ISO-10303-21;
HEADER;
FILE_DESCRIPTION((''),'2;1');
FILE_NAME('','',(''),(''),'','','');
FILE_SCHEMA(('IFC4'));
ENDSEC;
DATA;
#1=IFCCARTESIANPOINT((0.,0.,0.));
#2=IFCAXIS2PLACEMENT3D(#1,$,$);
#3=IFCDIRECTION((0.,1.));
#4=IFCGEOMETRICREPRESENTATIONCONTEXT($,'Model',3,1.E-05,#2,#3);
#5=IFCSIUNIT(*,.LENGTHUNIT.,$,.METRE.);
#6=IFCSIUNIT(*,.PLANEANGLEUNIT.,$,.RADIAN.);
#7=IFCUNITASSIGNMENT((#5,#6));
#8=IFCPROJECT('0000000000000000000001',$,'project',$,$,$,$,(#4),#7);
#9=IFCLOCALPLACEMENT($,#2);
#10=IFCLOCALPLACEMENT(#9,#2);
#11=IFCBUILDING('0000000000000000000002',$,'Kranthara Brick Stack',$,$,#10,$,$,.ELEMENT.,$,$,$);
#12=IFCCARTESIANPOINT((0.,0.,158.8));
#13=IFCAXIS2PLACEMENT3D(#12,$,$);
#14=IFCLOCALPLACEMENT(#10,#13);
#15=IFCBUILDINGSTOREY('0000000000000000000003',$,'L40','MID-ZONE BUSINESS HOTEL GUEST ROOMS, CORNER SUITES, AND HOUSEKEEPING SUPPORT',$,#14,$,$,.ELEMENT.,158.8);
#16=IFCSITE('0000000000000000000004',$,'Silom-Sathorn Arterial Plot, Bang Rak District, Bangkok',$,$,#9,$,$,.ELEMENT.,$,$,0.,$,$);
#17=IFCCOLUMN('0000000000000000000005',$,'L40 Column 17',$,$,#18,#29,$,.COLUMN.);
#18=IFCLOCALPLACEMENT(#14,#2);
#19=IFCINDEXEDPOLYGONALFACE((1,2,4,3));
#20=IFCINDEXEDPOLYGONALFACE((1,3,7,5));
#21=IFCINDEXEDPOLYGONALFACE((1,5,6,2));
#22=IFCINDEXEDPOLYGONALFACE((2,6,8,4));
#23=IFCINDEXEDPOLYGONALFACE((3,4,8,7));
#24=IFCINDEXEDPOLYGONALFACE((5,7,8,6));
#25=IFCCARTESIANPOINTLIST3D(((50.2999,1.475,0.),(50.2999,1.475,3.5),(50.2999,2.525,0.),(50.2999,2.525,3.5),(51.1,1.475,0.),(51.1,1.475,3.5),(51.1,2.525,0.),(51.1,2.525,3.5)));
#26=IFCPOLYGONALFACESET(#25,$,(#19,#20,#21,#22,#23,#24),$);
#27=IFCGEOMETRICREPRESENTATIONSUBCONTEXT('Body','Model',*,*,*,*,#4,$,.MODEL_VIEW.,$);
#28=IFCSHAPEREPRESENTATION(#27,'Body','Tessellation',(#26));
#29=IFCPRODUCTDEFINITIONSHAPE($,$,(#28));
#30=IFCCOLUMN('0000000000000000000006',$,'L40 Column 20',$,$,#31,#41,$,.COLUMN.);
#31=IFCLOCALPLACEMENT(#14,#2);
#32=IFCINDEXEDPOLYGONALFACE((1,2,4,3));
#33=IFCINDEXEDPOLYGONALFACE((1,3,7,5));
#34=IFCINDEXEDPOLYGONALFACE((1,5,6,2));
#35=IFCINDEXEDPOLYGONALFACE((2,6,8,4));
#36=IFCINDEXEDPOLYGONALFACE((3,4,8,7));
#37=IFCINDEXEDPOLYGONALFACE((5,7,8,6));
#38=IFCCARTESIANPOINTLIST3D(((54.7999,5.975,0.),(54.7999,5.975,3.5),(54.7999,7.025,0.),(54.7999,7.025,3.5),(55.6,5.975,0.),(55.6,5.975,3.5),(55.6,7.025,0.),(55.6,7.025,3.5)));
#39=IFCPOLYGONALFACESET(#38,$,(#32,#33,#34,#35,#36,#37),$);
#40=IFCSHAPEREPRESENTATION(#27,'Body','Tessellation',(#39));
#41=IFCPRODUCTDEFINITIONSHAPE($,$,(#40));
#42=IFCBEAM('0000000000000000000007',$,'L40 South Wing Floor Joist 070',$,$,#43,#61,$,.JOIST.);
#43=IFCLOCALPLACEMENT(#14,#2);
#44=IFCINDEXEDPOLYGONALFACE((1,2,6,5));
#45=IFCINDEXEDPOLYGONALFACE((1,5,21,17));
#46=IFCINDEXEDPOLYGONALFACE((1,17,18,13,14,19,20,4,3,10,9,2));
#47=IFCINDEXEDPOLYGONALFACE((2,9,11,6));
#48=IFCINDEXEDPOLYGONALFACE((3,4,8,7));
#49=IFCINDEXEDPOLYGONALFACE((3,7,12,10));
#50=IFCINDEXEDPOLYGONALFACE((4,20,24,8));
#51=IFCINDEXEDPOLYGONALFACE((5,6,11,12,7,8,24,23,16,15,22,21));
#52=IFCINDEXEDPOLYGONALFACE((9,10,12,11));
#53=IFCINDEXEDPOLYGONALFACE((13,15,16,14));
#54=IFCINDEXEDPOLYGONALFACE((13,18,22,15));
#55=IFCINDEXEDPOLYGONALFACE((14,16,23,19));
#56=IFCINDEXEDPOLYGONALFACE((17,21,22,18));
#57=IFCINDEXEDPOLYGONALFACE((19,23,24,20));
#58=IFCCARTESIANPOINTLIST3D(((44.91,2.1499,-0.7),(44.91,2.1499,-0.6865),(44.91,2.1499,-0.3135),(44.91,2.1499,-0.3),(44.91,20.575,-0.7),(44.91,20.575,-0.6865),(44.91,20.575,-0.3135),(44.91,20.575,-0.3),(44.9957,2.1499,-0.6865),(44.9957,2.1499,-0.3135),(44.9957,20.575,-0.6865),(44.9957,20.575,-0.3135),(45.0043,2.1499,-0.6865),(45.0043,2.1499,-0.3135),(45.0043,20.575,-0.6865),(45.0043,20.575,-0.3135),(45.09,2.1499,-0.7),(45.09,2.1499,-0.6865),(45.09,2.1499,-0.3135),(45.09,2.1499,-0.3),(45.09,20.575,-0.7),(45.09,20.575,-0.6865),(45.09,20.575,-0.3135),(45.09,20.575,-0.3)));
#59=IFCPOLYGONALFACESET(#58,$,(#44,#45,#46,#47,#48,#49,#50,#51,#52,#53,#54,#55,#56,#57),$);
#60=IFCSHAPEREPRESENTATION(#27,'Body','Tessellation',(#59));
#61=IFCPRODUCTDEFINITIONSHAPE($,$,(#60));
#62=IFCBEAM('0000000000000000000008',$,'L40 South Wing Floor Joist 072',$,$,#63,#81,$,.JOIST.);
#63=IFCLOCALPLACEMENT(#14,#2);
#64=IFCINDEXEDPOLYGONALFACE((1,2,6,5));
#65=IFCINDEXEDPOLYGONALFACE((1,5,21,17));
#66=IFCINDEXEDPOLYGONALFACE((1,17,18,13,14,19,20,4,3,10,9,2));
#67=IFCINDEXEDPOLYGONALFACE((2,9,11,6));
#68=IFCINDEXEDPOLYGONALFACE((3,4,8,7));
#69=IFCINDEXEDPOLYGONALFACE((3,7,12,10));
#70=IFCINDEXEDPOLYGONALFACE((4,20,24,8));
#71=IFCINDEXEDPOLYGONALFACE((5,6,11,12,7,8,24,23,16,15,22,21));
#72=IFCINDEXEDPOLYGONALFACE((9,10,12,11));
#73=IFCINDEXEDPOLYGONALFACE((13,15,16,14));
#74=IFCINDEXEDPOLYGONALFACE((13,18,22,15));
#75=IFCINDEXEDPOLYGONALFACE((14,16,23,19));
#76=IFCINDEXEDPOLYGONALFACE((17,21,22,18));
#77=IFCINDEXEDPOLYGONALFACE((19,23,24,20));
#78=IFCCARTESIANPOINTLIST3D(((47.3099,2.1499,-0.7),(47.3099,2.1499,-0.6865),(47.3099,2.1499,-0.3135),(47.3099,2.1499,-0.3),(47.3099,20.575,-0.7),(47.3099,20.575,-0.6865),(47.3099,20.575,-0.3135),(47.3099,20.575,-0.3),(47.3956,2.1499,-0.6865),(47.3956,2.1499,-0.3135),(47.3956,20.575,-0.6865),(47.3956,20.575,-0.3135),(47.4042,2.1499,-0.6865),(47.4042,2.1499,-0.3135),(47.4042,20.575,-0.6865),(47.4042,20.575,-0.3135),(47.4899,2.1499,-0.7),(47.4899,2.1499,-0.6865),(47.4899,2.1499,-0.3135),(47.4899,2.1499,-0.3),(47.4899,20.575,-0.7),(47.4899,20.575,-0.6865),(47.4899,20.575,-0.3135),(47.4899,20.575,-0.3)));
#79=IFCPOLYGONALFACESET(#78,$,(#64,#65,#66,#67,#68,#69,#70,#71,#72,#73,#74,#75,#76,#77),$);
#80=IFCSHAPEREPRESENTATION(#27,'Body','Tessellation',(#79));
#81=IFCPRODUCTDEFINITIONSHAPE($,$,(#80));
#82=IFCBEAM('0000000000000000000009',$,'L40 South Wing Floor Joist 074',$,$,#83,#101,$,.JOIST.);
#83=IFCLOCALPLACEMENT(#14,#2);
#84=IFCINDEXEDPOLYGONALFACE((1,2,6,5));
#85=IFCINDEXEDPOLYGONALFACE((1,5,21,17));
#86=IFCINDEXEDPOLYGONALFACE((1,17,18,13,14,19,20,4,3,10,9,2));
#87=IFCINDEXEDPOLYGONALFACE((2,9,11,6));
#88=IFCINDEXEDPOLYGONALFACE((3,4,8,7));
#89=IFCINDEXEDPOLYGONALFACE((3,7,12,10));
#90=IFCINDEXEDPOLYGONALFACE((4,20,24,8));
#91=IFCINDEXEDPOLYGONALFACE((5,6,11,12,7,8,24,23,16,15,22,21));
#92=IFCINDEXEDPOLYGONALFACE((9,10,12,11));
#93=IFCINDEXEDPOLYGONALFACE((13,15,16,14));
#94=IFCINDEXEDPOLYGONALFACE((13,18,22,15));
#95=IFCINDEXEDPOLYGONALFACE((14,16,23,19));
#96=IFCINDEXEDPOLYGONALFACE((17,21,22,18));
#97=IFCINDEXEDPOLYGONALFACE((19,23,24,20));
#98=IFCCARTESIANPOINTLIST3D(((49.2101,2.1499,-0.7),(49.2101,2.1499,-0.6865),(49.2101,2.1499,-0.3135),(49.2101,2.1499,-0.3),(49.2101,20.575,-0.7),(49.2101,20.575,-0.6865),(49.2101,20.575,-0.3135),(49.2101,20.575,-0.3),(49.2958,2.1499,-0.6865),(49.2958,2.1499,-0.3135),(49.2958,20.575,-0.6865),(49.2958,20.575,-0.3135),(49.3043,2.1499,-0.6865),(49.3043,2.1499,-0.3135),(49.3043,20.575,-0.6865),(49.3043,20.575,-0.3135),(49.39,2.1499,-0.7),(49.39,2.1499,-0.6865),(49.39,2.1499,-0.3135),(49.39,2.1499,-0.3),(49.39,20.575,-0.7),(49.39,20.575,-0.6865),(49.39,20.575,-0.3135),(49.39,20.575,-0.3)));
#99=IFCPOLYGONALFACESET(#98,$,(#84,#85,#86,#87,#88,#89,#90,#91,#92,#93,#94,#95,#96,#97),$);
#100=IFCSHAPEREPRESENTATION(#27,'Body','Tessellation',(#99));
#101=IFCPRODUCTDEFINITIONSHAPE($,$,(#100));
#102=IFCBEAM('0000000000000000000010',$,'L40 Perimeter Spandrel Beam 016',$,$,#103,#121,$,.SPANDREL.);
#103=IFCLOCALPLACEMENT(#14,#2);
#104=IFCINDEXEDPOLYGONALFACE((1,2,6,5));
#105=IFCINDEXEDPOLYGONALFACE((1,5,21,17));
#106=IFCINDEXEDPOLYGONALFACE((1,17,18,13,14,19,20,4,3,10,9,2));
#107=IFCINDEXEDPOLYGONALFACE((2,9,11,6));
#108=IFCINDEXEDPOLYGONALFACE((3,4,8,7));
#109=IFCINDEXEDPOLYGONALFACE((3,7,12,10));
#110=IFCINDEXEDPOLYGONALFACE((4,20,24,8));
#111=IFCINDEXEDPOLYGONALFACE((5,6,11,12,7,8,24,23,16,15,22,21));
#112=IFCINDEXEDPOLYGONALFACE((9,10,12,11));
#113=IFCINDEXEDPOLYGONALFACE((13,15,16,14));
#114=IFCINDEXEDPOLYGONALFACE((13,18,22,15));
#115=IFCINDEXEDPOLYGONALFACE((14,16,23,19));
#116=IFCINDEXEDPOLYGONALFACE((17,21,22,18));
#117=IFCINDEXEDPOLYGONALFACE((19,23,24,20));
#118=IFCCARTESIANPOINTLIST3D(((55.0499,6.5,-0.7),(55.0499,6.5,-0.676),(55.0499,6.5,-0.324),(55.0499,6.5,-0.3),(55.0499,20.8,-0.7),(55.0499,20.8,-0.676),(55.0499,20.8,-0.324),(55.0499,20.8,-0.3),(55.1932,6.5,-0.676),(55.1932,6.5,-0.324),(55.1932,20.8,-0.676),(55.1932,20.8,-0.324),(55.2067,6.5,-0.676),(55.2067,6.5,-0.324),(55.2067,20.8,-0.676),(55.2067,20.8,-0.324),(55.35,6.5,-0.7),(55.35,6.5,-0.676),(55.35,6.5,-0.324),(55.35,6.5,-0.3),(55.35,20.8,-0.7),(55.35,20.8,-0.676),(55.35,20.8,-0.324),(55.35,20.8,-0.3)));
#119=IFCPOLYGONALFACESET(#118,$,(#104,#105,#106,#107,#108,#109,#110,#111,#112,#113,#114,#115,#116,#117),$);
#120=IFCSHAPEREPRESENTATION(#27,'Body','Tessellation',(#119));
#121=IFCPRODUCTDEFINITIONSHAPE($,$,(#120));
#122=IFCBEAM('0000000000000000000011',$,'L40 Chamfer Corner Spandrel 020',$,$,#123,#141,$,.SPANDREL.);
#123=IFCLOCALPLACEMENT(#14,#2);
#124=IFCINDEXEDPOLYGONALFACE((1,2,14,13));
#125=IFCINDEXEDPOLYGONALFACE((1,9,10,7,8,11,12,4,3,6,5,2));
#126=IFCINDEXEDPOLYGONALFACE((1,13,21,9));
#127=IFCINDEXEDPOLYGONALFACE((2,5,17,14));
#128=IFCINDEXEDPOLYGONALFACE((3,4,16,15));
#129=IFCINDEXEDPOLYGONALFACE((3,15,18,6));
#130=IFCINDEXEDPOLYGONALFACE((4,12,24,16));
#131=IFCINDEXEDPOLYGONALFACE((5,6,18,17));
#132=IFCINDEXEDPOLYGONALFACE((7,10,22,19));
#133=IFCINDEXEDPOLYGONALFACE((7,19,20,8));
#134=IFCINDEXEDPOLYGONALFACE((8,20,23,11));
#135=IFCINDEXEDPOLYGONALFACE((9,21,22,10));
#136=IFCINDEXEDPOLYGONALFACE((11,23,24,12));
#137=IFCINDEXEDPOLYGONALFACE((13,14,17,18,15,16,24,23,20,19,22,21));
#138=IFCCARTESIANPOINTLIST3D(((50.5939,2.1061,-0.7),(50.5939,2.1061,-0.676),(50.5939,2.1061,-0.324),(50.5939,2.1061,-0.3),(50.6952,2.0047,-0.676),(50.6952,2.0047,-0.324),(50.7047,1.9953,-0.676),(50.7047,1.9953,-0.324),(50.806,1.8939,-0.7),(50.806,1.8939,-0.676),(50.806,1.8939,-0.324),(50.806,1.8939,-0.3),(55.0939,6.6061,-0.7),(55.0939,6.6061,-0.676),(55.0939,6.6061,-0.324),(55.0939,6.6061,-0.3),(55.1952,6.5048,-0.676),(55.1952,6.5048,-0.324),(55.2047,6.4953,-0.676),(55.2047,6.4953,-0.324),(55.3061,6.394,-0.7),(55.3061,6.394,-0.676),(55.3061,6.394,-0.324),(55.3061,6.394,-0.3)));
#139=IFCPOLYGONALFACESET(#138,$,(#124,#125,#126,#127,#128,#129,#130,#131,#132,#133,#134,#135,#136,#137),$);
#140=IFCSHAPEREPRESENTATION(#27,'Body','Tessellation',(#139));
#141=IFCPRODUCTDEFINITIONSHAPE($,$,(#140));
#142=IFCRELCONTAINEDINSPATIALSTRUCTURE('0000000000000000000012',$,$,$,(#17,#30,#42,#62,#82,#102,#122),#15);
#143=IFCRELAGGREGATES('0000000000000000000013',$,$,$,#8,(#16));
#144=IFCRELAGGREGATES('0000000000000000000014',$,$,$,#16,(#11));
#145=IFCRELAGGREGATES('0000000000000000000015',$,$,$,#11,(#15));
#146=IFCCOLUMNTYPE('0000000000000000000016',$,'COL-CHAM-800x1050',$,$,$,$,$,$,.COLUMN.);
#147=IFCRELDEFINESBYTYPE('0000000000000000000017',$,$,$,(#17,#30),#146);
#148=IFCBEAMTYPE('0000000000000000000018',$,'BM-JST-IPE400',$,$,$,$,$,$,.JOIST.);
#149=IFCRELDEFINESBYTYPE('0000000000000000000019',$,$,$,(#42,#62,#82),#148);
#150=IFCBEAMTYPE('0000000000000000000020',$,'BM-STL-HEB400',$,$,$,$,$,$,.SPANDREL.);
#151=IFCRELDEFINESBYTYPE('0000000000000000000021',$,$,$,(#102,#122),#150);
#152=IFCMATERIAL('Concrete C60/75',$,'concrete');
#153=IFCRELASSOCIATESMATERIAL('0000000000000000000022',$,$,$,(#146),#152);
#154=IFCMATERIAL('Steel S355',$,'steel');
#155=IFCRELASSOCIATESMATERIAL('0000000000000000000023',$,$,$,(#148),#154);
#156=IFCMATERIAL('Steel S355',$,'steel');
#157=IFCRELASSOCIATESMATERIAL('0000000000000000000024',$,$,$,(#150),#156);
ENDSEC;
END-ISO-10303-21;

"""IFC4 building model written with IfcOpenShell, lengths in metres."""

from ifc_helpers import new_model, si_unit, direction, frame, origin, origin_2d, place, context, subcontext, project, spatial, rectangle, i_section, extrude, material, material_profile, profile_set, type_object, element, save


model = new_model("IFC4")

# Units and contexts
model_context = context("Model", 3, precision=1e-05, world=origin(), true_north=direction((0.0, 1.0)))
body_context = subcontext(model_context, "Body", "Model", "MODEL_VIEW")
ifc_project = project(units=[si_unit("LENGTHUNIT", "METRE"), si_unit("PLANEANGLEUNIT", "RADIAN")], contexts=[model_context])

# Site, building, storey
site_placement = place(None, origin())
site = spatial("IfcSite", under=ifc_project, at=site_placement, Name="Silom-Sathorn Arterial Plot, Bang Rak District, Bangkok", CompositionType="ELEMENT", RefElevation=0.0)
building_placement = place(site_placement, origin())
building = spatial("IfcBuilding", under=site, at=building_placement, Name="Kranthara Brick Stack", CompositionType="ELEMENT")
storey_placement = place(building_placement, frame((0.0, 0.0, 158.8)))
storey = spatial("IfcBuildingStorey", under=building, at=storey_placement, Name="L40", Description="MID-ZONE BUSINESS HOTEL GUEST ROOMS, CORNER SUITES, AND HOUSEKEEPING SUPPORT", CompositionType="ELEMENT", Elevation=158.8)

# Columns
ifc_material_1 = material(Name="Concrete C60/75", Category="concrete")
ifc_material_profile_1 = material_profile(ifc_material_1, rectangle(XDim=0.8, YDim=1.05, at=origin_2d()), Name="RC 800x1050")
ifc_profile_set_1 = profile_set([ifc_material_profile_1], Name="Concrete C60/75")
column_type = type_object("IfcColumnType", Name="COL-CHAM-800x1050", PredefinedType="COLUMN", material=ifc_profile_set_1)
for number, where, z_axis, x_axis, name in (
    (1, (50.7, 2.0, 0.0), (0.0, 0.0, 1.0), (1.0, 0.0, 0.0), "L40 Column 17"),
    (2, (55.2, 6.5, 0.0), (0.0, 0.0, 1.0), (1.0, 0.0, 0.0), "L40 Column 20"),
):
    element("IfcColumn", number, at=place(storey_placement, frame(where, z_axis=z_axis, x_axis=x_axis)), inside=storey, type_object=column_type, Name=name, PredefinedType="COLUMN", context=body_context, shape_type="SweptSolid", body=[
        extrude(rectangle(XDim=0.8, YDim=1.05, at=origin_2d()), origin(), (0.0, 0.0, 1.0), 3.5),
    ])

# Beams
ifc_material_2 = material(Name="Steel S355", Category="steel")
ifc_material_profile_2 = material_profile(ifc_material_2, i_section(OverallWidth=0.1799, OverallDepth=0.3999, WebThickness=0.0085, FlangeThickness=0.0134, at=origin_2d()), Name="IPE 400")
ifc_profile_set_2 = profile_set([ifc_material_profile_2], Name="Steel S355")
beam_type_1 = type_object("IfcBeamType", Name="BM-JST-IPE400", PredefinedType="JOIST", material=ifc_profile_set_2)
for number, where, z_axis, x_axis, name in (
    (3, (45.0, 2.1499, -0.5), (0.0, 1.0, 0.0), (-1.0, 0.0, 0.0), "L40 South Wing Floor Joist 070"),
    (4, (47.3999, 2.1499, -0.5), (0.0, 1.0, 0.0), (-1.0, 0.0, 0.0), "L40 South Wing Floor Joist 072"),
    (5, (49.3, 2.1499, -0.5), (0.0, 1.0, 0.0), (-1.0, 0.0, 0.0), "L40 South Wing Floor Joist 074"),
):
    element("IfcBeam", number, at=place(storey_placement, frame(where, z_axis=z_axis, x_axis=x_axis)), inside=storey, type_object=beam_type_1, Name=name, PredefinedType="JOIST", context=body_context, shape_type="SweptSolid", body=[
        extrude(i_section(OverallWidth=0.1799, OverallDepth=0.3999, WebThickness=0.0085, FlangeThickness=0.0134, at=origin_2d()), origin(), (0.0, 0.0, 1.0), 18.425),
    ])
ifc_material_3 = material(Name="Steel S355", Category="steel")
ifc_material_profile_3 = material_profile(ifc_material_3, i_section(OverallWidth=0.3, OverallDepth=0.3999, WebThickness=0.0134, FlangeThickness=0.0239, at=origin_2d()), Name="HEB 400")
ifc_profile_set_3 = profile_set([ifc_material_profile_3], Name="Steel S355")
beam_type_2 = type_object("IfcBeamType", Name="BM-STL-HEB400", PredefinedType="SPANDREL", material=ifc_profile_set_3)
beam_1_placement = place(storey_placement, frame((55.2, 6.5, -0.5), z_axis=(0.0, 1.0, 0.0), x_axis=(-1.0, 0.0, 0.0)))
element("IfcBeam", 6, at=beam_1_placement, inside=storey, type_object=beam_type_2, Name="L40 Perimeter Spandrel Beam 016", PredefinedType="SPANDREL", context=body_context, shape_type="SweptSolid", body=[
    extrude(i_section(OverallWidth=0.3, OverallDepth=0.3999, WebThickness=0.0134, FlangeThickness=0.0239, at=origin_2d()), origin(), (0.0, 0.0, 1.0), 14.3),
])
beam_2_placement = place(storey_placement, frame((50.7, 2.0, -0.5), z_axis=(0.707107, 0.707107, 0.0), x_axis=(-0.707107, 0.707107, 0.0)))
element("IfcBeam", 7, at=beam_2_placement, inside=storey, type_object=beam_type_2, Name="L40 Chamfer Corner Spandrel 020", PredefinedType="SPANDREL", context=body_context, shape_type="SweptSolid", body=[
    extrude(i_section(OverallWidth=0.3, OverallDepth=0.3999, WebThickness=0.0134, FlangeThickness=0.0239, at=origin_2d()), origin(), (0.0, 0.0, 1.0), 6.364),
])

save(model, "model.ifc")
